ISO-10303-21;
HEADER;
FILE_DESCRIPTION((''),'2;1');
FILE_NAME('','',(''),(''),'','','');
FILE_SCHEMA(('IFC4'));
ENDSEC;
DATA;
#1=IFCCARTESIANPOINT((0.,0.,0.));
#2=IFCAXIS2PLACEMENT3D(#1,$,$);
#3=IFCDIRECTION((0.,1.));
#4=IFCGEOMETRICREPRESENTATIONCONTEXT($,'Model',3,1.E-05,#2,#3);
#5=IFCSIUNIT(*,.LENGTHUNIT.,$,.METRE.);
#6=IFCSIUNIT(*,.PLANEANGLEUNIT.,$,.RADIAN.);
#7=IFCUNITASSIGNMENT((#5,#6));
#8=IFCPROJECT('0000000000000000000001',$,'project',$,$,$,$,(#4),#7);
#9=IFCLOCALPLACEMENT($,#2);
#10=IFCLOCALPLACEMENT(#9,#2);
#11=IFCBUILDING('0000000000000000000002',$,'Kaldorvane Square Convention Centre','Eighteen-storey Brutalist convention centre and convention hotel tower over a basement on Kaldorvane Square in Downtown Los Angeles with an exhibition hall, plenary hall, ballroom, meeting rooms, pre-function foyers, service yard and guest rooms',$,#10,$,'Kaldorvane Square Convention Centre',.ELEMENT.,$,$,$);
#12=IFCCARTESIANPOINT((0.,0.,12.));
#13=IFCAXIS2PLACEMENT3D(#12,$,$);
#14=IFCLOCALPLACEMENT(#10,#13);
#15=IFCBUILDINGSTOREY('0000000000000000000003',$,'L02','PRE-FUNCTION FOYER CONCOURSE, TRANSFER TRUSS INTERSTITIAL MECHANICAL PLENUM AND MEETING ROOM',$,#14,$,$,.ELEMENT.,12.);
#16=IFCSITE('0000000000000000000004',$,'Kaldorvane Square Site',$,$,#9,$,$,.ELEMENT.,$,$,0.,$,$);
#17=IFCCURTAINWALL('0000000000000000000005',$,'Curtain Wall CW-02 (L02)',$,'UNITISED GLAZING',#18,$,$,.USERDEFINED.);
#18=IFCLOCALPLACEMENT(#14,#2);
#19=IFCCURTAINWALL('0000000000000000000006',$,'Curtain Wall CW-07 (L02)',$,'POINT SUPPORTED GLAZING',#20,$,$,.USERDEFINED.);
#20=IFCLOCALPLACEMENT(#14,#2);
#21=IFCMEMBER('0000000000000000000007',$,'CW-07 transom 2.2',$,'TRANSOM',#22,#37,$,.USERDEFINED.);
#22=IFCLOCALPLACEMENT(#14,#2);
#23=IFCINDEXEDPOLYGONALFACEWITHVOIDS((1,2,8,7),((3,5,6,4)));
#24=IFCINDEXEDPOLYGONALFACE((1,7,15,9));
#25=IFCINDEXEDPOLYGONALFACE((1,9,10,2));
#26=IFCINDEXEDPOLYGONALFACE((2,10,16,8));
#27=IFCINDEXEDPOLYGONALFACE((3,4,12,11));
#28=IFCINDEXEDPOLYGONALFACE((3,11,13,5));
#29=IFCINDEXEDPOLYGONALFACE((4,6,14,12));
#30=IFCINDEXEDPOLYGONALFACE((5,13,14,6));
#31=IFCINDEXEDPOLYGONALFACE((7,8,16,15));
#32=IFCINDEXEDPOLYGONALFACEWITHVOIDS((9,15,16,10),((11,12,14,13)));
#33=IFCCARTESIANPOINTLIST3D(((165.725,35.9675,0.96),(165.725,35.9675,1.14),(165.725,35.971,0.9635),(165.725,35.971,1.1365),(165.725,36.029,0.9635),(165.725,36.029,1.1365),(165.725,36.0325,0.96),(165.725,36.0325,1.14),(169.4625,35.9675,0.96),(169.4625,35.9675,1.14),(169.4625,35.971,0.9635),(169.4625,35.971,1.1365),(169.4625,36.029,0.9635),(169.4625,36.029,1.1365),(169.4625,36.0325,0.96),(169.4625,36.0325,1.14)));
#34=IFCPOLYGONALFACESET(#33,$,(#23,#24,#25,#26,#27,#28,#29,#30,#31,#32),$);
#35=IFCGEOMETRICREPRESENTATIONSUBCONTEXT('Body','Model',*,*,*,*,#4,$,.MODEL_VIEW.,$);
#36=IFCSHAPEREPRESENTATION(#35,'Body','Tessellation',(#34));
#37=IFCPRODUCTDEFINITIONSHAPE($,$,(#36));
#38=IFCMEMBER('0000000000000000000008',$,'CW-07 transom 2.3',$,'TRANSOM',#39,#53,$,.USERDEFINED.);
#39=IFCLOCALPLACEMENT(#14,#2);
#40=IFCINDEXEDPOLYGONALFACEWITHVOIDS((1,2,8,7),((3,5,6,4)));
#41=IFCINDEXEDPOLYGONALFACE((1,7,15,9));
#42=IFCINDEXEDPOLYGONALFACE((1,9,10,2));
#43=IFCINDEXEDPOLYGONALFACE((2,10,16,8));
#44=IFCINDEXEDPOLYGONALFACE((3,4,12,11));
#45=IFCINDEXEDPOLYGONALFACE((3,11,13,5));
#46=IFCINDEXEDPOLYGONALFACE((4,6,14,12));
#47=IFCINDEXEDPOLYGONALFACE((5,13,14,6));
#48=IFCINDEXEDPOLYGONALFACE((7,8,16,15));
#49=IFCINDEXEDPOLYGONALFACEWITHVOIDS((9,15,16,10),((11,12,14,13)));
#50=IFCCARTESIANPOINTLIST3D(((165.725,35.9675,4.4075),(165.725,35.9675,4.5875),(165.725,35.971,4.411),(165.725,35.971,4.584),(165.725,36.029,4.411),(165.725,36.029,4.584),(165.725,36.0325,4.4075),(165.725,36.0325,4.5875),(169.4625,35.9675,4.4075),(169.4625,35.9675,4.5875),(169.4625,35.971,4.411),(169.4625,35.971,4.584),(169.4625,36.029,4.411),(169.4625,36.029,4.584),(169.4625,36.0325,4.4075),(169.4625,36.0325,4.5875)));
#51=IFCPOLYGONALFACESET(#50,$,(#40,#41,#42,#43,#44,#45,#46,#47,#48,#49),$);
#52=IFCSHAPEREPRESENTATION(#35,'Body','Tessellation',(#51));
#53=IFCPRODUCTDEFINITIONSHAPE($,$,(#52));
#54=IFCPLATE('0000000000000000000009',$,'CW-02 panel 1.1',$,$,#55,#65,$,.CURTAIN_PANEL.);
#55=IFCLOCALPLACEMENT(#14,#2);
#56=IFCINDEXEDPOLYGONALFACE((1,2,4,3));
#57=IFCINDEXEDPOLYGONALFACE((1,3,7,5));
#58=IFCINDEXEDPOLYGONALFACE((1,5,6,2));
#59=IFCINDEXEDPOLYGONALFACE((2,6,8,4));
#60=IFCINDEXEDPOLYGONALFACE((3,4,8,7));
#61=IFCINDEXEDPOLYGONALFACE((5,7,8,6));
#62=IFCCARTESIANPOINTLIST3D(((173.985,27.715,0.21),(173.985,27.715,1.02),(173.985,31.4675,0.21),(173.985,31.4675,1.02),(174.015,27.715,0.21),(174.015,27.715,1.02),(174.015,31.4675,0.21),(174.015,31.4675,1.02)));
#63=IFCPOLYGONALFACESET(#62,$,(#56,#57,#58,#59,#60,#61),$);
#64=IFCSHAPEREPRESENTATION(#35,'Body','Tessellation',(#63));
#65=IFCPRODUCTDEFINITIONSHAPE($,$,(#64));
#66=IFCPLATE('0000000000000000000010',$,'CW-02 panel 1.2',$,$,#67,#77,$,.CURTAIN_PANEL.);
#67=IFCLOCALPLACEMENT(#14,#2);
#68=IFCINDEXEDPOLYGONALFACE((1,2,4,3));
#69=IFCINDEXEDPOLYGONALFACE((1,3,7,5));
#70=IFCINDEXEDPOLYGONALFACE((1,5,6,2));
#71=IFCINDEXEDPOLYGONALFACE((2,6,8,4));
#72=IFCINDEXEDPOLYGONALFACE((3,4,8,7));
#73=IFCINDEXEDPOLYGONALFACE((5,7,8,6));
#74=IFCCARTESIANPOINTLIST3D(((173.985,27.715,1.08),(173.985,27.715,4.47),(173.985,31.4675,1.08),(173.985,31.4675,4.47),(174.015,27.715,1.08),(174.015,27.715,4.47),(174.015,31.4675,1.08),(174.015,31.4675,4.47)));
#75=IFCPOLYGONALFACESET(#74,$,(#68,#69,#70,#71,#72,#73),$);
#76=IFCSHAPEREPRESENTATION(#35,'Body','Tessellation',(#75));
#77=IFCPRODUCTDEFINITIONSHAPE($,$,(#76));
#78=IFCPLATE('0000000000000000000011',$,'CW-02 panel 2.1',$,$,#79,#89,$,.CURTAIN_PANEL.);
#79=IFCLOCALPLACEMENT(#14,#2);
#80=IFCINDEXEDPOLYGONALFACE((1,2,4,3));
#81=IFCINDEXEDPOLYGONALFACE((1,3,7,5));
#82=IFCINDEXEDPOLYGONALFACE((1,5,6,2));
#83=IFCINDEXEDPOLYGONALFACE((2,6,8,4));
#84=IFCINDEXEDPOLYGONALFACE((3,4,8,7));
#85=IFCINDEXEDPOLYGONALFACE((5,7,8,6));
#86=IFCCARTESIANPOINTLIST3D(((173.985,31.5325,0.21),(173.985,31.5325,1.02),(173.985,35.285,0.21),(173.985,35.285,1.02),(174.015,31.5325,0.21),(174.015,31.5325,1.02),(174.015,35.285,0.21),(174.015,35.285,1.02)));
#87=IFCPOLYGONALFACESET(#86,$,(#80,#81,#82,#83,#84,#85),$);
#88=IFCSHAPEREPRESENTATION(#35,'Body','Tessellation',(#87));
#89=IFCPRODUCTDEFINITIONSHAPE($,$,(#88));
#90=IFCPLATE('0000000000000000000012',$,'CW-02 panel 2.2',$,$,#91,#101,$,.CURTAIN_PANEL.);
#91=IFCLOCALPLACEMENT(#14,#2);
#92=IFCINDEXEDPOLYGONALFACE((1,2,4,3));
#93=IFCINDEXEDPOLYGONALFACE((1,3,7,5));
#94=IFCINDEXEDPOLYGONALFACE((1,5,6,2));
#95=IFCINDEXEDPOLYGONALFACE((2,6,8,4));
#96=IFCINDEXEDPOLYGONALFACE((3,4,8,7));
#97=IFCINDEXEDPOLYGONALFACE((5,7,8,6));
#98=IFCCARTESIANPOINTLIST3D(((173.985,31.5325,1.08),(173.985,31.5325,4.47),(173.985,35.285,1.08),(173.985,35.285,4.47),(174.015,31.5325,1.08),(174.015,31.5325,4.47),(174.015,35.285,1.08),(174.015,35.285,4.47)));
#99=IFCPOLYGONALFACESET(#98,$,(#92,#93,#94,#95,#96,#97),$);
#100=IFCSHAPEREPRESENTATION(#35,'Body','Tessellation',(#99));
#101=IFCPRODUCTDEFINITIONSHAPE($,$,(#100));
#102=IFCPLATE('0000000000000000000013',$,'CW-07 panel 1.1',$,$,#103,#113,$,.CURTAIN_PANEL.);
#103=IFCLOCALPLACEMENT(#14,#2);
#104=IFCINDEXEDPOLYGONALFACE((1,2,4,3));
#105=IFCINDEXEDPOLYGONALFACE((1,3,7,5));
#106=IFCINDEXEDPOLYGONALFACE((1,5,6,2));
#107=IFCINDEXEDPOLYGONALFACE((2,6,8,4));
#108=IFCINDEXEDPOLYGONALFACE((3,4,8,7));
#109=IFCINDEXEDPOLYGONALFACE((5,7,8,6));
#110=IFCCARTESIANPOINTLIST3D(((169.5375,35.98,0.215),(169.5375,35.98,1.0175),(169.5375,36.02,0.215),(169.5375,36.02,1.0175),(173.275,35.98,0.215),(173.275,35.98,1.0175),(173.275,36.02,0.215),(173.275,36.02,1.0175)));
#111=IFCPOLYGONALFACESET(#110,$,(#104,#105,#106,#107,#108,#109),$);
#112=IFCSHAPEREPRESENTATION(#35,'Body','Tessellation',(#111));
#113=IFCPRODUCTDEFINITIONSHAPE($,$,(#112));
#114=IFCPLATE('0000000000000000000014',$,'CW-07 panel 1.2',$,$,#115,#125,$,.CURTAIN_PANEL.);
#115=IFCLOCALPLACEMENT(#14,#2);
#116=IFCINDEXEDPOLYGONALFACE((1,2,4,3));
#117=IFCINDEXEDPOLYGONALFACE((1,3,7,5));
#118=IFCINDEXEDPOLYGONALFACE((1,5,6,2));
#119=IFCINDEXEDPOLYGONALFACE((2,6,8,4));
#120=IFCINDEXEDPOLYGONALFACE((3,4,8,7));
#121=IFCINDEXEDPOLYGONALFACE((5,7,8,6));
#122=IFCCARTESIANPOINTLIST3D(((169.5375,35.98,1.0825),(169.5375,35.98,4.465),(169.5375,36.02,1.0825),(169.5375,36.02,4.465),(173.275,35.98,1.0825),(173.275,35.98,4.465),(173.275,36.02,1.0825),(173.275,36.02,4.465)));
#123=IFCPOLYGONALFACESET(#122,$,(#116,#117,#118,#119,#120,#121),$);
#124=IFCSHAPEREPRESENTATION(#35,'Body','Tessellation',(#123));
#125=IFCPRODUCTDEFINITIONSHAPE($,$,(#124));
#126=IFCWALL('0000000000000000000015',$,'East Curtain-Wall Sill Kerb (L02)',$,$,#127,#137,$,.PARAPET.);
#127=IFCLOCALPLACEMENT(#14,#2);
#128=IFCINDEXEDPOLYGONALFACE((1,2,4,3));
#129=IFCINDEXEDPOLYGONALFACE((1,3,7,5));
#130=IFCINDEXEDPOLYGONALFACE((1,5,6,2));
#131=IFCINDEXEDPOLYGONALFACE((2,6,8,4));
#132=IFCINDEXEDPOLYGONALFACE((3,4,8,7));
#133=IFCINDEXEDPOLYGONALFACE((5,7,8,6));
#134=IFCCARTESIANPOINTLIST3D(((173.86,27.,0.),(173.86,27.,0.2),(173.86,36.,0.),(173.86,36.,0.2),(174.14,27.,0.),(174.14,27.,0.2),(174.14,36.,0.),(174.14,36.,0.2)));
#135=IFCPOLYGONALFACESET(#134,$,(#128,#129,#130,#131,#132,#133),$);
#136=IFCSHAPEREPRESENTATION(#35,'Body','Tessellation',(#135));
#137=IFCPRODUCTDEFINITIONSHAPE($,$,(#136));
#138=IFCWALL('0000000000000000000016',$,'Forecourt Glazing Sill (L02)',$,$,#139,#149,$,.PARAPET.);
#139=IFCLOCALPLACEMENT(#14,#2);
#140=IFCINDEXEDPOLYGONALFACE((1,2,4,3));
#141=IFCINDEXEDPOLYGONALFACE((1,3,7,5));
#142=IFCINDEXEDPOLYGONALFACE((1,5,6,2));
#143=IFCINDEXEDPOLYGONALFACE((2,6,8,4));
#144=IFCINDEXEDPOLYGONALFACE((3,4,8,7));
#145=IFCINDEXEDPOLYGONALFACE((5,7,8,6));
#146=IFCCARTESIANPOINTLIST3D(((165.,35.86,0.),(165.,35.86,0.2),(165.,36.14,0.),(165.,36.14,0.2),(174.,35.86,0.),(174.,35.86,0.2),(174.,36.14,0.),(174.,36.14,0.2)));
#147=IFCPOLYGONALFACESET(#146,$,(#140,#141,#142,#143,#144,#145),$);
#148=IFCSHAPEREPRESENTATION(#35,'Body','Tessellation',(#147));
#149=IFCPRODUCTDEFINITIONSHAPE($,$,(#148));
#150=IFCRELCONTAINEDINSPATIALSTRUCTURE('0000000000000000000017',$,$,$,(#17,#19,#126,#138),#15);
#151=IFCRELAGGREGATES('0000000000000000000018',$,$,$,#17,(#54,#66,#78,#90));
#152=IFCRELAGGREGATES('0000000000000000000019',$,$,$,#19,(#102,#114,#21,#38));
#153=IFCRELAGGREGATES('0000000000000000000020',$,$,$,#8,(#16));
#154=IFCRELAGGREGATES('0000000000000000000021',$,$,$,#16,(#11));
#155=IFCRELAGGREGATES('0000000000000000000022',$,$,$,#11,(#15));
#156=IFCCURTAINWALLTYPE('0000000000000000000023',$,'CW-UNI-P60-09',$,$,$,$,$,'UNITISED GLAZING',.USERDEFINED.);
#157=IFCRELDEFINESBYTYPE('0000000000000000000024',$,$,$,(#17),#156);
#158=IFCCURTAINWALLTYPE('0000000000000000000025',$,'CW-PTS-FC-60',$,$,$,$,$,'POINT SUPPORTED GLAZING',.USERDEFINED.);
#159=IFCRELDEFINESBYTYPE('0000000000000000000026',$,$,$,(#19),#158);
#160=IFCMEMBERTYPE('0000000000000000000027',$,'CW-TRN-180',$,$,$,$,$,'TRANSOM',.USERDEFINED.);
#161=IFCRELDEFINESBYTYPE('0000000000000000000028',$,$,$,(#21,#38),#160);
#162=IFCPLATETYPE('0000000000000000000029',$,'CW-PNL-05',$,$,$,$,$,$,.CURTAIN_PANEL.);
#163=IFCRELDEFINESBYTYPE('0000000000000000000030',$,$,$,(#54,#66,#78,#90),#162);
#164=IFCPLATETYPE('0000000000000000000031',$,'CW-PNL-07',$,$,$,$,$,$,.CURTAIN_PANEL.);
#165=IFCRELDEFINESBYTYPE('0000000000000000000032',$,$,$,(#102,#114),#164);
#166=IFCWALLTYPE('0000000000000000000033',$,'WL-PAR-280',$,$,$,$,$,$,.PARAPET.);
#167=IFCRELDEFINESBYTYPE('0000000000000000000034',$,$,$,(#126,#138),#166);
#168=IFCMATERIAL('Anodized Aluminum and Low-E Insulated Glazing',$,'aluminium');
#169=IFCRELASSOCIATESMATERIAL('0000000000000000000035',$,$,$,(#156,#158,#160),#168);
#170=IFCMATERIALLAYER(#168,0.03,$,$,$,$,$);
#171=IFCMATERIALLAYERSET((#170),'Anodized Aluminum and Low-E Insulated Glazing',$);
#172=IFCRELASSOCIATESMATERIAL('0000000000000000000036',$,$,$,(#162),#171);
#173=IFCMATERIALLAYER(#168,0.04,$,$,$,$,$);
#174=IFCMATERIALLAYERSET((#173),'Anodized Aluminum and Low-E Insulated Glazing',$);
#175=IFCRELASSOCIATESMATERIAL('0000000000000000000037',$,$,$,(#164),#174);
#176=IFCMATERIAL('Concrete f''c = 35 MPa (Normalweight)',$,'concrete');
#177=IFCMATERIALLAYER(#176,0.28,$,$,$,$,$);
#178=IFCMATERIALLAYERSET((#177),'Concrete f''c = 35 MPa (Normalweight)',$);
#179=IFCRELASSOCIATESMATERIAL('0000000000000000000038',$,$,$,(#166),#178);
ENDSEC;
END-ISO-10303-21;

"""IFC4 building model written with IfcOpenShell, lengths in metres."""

from ifc_helpers import new_model, si_unit, direction, frame, frame_2d, origin, origin_2d, place, context, subcontext, project, spatial, rectangle, hollow_rectangle, extrude, material, layer, layer_set, material_profile, profile_set, type_object, element, aggregate, save


model = new_model("IFC4")

# Units and contexts
model_context = context("Model", 3, precision=1e-05, world=origin(), true_north=direction((0.0, 1.0)))
body_context = subcontext(model_context, "Body", "Model", "MODEL_VIEW")
ifc_project = project(units=[si_unit("LENGTHUNIT", "METRE"), si_unit("PLANEANGLEUNIT", "RADIAN")], contexts=[model_context])

# Site, building, storey
site_placement = place(None, origin())
site = spatial("IfcSite", under=ifc_project, at=site_placement, Name="Kaldorvane Square Site", CompositionType="ELEMENT", RefElevation=0.0)
building_placement = place(site_placement, origin())
building = spatial("IfcBuilding", under=site, at=building_placement, Name="Kaldorvane Square Convention Centre", Description="Eighteen-storey Brutalist convention centre and convention hotel tower over a basement on Kaldorvane Square in Downtown Los Angeles with an exhibition hall, plenary hall, ballroom, meeting rooms, pre-function foyers, service yard and guest rooms", LongName="Kaldorvane Square Convention Centre", CompositionType="ELEMENT")
storey_placement = place(building_placement, frame((0.0, 0.0, 12.0)))
storey = spatial("IfcBuildingStorey", under=building, at=storey_placement, Name="L02", Description="PRE-FUNCTION FOYER CONCOURSE, TRANSFER TRUSS INTERSTITIAL MECHANICAL PLENUM AND MEETING ROOM", CompositionType="ELEMENT", Elevation=12.0)

# Shared definitions
ifc_material_1 = material(Name="Anodized Aluminum and Low-E Insulated Glazing", Category="aluminium")
curtain_wall_type_1 = type_object("IfcCurtainWallType", Name="CW-UNI-P60-09", ElementType="UNITISED GLAZING", PredefinedType="USERDEFINED", material=ifc_material_1)

# Curtain walls
curtain_wall_1_placement = place(storey_placement, origin())
curtain_wall_1 = element("IfcCurtainWall", 1, at=curtain_wall_1_placement, inside=storey, type_object=curtain_wall_type_1, Name="Curtain Wall CW-02 (L02)", ObjectType="UNITISED GLAZING", PredefinedType="USERDEFINED")
curtain_wall_type_2 = type_object("IfcCurtainWallType", Name="CW-PTS-FC-60", ElementType="POINT SUPPORTED GLAZING", PredefinedType="USERDEFINED", material=ifc_material_1)
curtain_wall_2_placement = place(storey_placement, origin())
curtain_wall_2 = element("IfcCurtainWall", 2, at=curtain_wall_2_placement, inside=storey, type_object=curtain_wall_type_2, Name="Curtain Wall CW-07 (L02)", ObjectType="POINT SUPPORTED GLAZING", PredefinedType="USERDEFINED")

# Members
ifc_material_profile_1 = material_profile(ifc_material_1, hollow_rectangle(XDim=0.065, YDim=0.18, WallThickness=0.0035, at=origin_2d()), Name="CWT-180X65")
ifc_profile_set_1 = profile_set([ifc_material_profile_1], Name="Anodized Aluminum and Low-E Insulated Glazing")
member_type_1 = type_object("IfcMemberType", Name="CW-TRN-180", ElementType="TRANSOM", PredefinedType="USERDEFINED", material=ifc_profile_set_1)
member_1_placement = place(storey_placement, frame((169.4625, 36.0, 1.05), z_axis=(-1.0, 0.0, 0.0), x_axis=(0.0, -1.0, 0.0)))
member_1 = element("IfcMember", 3, at=member_1_placement, type_object=member_type_1, Name="CW-07 transom 2.2", ObjectType="TRANSOM", PredefinedType="USERDEFINED", context=body_context, shape_type="SweptSolid", body=[
    extrude(hollow_rectangle(XDim=0.065, YDim=0.18, WallThickness=0.0035, at=origin_2d()), origin(), (0.0, 0.0, 1.0), 3.7375),
])
member_2_placement = place(storey_placement, frame((169.4625, 36.0, 4.4975), z_axis=(-1.0, 0.0, 0.0), x_axis=(0.0, -1.0, 0.0)))
member_2 = element("IfcMember", 4, at=member_2_placement, type_object=member_type_1, Name="CW-07 transom 2.3", ObjectType="TRANSOM", PredefinedType="USERDEFINED", context=body_context, shape_type="SweptSolid", body=[
    extrude(hollow_rectangle(XDim=0.065, YDim=0.18, WallThickness=0.0035, at=origin_2d()), origin(), (0.0, 0.0, 1.0), 3.7375),
])

# Plates
ifc_layer_1 = layer(ifc_material_1, 0.03)
ifc_layer_set_1 = layer_set([ifc_layer_1], Name="Anodized Aluminum and Low-E Insulated Glazing")
plate_type_1 = type_object("IfcPlateType", Name="CW-PNL-05", PredefinedType="CURTAIN_PANEL", material=ifc_layer_set_1)
plate_1_placement = place(storey_placement, frame((174.0, 29.5912, 0.21), z_axis=(0.0, 0.0, 1.0), x_axis=(0.0, 1.0, 0.0)))
plate_1 = element("IfcPlate", 5, at=plate_1_placement, type_object=plate_type_1, Name="CW-02 panel 1.1", PredefinedType="CURTAIN_PANEL", context=body_context, shape_type="SweptSolid", body=[
    extrude(rectangle(XDim=3.7525, YDim=0.03, at=origin_2d()), origin(), (0.0, 0.0, 1.0), 0.81),
])
plate_2_placement = place(storey_placement, frame((174.0, 29.5912, 1.08), z_axis=(0.0, 0.0, 1.0), x_axis=(0.0, 1.0, 0.0)))
plate_2 = element("IfcPlate", 6, at=plate_2_placement, type_object=plate_type_1, Name="CW-02 panel 1.2", PredefinedType="CURTAIN_PANEL", context=body_context, shape_type="SweptSolid", body=[
    extrude(rectangle(XDim=3.7525, YDim=0.03, at=origin_2d()), origin(), (0.0, 0.0, 1.0), 3.39),
])
plate_3_placement = place(storey_placement, frame((174.0, 33.4088, 0.21), z_axis=(0.0, 0.0, 1.0), x_axis=(0.0, 1.0, 0.0)))
plate_3 = element("IfcPlate", 7, at=plate_3_placement, type_object=plate_type_1, Name="CW-02 panel 2.1", PredefinedType="CURTAIN_PANEL", context=body_context, shape_type="SweptSolid", body=[
    extrude(rectangle(XDim=3.7525, YDim=0.03, at=origin_2d()), origin(), (0.0, 0.0, 1.0), 0.81),
])
plate_4_placement = place(storey_placement, frame((174.0, 33.4088, 1.08), z_axis=(0.0, 0.0, 1.0), x_axis=(0.0, 1.0, 0.0)))
plate_4 = element("IfcPlate", 8, at=plate_4_placement, type_object=plate_type_1, Name="CW-02 panel 2.2", PredefinedType="CURTAIN_PANEL", context=body_context, shape_type="SweptSolid", body=[
    extrude(rectangle(XDim=3.7525, YDim=0.03, at=origin_2d()), origin(), (0.0, 0.0, 1.0), 3.39),
])
aggregate(curtain_wall_1, [plate_1, plate_2, plate_3, plate_4])
ifc_layer_2 = layer(ifc_material_1, 0.04)
ifc_layer_set_2 = layer_set([ifc_layer_2], Name="Anodized Aluminum and Low-E Insulated Glazing")
plate_type_2 = type_object("IfcPlateType", Name="CW-PNL-07", PredefinedType="CURTAIN_PANEL", material=ifc_layer_set_2)
plate_5_placement = place(storey_placement, frame((171.4062, 36.0, 0.215), z_axis=(0.0, 0.0, 1.0), x_axis=(-1.0, 0.0, 0.0)))
plate_5 = element("IfcPlate", 9, at=plate_5_placement, type_object=plate_type_2, Name="CW-07 panel 1.1", PredefinedType="CURTAIN_PANEL", context=body_context, shape_type="SweptSolid", body=[
    extrude(rectangle(XDim=3.7375, YDim=0.04, at=origin_2d()), origin(), (0.0, 0.0, 1.0), 0.8025),
])
plate_6_placement = place(storey_placement, frame((171.4062, 36.0, 1.0825), z_axis=(0.0, 0.0, 1.0), x_axis=(-1.0, 0.0, 0.0)))
plate_6 = element("IfcPlate", 10, at=plate_6_placement, type_object=plate_type_2, Name="CW-07 panel 1.2", PredefinedType="CURTAIN_PANEL", context=body_context, shape_type="SweptSolid", body=[
    extrude(rectangle(XDim=3.7375, YDim=0.04, at=origin_2d()), origin(), (0.0, 0.0, 1.0), 3.3825),
])
aggregate(curtain_wall_2, [plate_5, plate_6, member_1, member_2])

# Walls
ifc_material_2 = material(Name="Concrete f'c = 35 MPa (Normalweight)", Category="concrete")
ifc_layer_3 = layer(ifc_material_2, 0.28)
ifc_layer_set_3 = layer_set([ifc_layer_3], Name="Concrete f'c = 35 MPa (Normalweight)")
wall_type = type_object("IfcWallType", Name="WL-PAR-280", PredefinedType="PARAPET", material=ifc_layer_set_3)
for number, where, z_axis, x_axis, name in (
    (11, (174.0, 27.0, 0.0), (0.0, 0.0, 1.0), (0.0, 1.0, 0.0), "East Curtain-Wall Sill Kerb (L02)"),
    (12, (174.0, 36.0, 0.0), (0.0, 0.0, 1.0), (-1.0, 0.0, 0.0), "Forecourt Glazing Sill (L02)"),
):
    element("IfcWall", number, at=place(storey_placement, frame(where, z_axis=z_axis, x_axis=x_axis)), inside=storey, type_object=wall_type, Name=name, PredefinedType="PARAPET", context=body_context, shape_type="SweptSolid", body=[
        extrude(rectangle(XDim=9.0, YDim=0.28, at=frame_2d((4.5, 0.0))), origin(), (0.0, 0.0, 1.0), 0.2),
    ])

save(model, "model.ifc")
